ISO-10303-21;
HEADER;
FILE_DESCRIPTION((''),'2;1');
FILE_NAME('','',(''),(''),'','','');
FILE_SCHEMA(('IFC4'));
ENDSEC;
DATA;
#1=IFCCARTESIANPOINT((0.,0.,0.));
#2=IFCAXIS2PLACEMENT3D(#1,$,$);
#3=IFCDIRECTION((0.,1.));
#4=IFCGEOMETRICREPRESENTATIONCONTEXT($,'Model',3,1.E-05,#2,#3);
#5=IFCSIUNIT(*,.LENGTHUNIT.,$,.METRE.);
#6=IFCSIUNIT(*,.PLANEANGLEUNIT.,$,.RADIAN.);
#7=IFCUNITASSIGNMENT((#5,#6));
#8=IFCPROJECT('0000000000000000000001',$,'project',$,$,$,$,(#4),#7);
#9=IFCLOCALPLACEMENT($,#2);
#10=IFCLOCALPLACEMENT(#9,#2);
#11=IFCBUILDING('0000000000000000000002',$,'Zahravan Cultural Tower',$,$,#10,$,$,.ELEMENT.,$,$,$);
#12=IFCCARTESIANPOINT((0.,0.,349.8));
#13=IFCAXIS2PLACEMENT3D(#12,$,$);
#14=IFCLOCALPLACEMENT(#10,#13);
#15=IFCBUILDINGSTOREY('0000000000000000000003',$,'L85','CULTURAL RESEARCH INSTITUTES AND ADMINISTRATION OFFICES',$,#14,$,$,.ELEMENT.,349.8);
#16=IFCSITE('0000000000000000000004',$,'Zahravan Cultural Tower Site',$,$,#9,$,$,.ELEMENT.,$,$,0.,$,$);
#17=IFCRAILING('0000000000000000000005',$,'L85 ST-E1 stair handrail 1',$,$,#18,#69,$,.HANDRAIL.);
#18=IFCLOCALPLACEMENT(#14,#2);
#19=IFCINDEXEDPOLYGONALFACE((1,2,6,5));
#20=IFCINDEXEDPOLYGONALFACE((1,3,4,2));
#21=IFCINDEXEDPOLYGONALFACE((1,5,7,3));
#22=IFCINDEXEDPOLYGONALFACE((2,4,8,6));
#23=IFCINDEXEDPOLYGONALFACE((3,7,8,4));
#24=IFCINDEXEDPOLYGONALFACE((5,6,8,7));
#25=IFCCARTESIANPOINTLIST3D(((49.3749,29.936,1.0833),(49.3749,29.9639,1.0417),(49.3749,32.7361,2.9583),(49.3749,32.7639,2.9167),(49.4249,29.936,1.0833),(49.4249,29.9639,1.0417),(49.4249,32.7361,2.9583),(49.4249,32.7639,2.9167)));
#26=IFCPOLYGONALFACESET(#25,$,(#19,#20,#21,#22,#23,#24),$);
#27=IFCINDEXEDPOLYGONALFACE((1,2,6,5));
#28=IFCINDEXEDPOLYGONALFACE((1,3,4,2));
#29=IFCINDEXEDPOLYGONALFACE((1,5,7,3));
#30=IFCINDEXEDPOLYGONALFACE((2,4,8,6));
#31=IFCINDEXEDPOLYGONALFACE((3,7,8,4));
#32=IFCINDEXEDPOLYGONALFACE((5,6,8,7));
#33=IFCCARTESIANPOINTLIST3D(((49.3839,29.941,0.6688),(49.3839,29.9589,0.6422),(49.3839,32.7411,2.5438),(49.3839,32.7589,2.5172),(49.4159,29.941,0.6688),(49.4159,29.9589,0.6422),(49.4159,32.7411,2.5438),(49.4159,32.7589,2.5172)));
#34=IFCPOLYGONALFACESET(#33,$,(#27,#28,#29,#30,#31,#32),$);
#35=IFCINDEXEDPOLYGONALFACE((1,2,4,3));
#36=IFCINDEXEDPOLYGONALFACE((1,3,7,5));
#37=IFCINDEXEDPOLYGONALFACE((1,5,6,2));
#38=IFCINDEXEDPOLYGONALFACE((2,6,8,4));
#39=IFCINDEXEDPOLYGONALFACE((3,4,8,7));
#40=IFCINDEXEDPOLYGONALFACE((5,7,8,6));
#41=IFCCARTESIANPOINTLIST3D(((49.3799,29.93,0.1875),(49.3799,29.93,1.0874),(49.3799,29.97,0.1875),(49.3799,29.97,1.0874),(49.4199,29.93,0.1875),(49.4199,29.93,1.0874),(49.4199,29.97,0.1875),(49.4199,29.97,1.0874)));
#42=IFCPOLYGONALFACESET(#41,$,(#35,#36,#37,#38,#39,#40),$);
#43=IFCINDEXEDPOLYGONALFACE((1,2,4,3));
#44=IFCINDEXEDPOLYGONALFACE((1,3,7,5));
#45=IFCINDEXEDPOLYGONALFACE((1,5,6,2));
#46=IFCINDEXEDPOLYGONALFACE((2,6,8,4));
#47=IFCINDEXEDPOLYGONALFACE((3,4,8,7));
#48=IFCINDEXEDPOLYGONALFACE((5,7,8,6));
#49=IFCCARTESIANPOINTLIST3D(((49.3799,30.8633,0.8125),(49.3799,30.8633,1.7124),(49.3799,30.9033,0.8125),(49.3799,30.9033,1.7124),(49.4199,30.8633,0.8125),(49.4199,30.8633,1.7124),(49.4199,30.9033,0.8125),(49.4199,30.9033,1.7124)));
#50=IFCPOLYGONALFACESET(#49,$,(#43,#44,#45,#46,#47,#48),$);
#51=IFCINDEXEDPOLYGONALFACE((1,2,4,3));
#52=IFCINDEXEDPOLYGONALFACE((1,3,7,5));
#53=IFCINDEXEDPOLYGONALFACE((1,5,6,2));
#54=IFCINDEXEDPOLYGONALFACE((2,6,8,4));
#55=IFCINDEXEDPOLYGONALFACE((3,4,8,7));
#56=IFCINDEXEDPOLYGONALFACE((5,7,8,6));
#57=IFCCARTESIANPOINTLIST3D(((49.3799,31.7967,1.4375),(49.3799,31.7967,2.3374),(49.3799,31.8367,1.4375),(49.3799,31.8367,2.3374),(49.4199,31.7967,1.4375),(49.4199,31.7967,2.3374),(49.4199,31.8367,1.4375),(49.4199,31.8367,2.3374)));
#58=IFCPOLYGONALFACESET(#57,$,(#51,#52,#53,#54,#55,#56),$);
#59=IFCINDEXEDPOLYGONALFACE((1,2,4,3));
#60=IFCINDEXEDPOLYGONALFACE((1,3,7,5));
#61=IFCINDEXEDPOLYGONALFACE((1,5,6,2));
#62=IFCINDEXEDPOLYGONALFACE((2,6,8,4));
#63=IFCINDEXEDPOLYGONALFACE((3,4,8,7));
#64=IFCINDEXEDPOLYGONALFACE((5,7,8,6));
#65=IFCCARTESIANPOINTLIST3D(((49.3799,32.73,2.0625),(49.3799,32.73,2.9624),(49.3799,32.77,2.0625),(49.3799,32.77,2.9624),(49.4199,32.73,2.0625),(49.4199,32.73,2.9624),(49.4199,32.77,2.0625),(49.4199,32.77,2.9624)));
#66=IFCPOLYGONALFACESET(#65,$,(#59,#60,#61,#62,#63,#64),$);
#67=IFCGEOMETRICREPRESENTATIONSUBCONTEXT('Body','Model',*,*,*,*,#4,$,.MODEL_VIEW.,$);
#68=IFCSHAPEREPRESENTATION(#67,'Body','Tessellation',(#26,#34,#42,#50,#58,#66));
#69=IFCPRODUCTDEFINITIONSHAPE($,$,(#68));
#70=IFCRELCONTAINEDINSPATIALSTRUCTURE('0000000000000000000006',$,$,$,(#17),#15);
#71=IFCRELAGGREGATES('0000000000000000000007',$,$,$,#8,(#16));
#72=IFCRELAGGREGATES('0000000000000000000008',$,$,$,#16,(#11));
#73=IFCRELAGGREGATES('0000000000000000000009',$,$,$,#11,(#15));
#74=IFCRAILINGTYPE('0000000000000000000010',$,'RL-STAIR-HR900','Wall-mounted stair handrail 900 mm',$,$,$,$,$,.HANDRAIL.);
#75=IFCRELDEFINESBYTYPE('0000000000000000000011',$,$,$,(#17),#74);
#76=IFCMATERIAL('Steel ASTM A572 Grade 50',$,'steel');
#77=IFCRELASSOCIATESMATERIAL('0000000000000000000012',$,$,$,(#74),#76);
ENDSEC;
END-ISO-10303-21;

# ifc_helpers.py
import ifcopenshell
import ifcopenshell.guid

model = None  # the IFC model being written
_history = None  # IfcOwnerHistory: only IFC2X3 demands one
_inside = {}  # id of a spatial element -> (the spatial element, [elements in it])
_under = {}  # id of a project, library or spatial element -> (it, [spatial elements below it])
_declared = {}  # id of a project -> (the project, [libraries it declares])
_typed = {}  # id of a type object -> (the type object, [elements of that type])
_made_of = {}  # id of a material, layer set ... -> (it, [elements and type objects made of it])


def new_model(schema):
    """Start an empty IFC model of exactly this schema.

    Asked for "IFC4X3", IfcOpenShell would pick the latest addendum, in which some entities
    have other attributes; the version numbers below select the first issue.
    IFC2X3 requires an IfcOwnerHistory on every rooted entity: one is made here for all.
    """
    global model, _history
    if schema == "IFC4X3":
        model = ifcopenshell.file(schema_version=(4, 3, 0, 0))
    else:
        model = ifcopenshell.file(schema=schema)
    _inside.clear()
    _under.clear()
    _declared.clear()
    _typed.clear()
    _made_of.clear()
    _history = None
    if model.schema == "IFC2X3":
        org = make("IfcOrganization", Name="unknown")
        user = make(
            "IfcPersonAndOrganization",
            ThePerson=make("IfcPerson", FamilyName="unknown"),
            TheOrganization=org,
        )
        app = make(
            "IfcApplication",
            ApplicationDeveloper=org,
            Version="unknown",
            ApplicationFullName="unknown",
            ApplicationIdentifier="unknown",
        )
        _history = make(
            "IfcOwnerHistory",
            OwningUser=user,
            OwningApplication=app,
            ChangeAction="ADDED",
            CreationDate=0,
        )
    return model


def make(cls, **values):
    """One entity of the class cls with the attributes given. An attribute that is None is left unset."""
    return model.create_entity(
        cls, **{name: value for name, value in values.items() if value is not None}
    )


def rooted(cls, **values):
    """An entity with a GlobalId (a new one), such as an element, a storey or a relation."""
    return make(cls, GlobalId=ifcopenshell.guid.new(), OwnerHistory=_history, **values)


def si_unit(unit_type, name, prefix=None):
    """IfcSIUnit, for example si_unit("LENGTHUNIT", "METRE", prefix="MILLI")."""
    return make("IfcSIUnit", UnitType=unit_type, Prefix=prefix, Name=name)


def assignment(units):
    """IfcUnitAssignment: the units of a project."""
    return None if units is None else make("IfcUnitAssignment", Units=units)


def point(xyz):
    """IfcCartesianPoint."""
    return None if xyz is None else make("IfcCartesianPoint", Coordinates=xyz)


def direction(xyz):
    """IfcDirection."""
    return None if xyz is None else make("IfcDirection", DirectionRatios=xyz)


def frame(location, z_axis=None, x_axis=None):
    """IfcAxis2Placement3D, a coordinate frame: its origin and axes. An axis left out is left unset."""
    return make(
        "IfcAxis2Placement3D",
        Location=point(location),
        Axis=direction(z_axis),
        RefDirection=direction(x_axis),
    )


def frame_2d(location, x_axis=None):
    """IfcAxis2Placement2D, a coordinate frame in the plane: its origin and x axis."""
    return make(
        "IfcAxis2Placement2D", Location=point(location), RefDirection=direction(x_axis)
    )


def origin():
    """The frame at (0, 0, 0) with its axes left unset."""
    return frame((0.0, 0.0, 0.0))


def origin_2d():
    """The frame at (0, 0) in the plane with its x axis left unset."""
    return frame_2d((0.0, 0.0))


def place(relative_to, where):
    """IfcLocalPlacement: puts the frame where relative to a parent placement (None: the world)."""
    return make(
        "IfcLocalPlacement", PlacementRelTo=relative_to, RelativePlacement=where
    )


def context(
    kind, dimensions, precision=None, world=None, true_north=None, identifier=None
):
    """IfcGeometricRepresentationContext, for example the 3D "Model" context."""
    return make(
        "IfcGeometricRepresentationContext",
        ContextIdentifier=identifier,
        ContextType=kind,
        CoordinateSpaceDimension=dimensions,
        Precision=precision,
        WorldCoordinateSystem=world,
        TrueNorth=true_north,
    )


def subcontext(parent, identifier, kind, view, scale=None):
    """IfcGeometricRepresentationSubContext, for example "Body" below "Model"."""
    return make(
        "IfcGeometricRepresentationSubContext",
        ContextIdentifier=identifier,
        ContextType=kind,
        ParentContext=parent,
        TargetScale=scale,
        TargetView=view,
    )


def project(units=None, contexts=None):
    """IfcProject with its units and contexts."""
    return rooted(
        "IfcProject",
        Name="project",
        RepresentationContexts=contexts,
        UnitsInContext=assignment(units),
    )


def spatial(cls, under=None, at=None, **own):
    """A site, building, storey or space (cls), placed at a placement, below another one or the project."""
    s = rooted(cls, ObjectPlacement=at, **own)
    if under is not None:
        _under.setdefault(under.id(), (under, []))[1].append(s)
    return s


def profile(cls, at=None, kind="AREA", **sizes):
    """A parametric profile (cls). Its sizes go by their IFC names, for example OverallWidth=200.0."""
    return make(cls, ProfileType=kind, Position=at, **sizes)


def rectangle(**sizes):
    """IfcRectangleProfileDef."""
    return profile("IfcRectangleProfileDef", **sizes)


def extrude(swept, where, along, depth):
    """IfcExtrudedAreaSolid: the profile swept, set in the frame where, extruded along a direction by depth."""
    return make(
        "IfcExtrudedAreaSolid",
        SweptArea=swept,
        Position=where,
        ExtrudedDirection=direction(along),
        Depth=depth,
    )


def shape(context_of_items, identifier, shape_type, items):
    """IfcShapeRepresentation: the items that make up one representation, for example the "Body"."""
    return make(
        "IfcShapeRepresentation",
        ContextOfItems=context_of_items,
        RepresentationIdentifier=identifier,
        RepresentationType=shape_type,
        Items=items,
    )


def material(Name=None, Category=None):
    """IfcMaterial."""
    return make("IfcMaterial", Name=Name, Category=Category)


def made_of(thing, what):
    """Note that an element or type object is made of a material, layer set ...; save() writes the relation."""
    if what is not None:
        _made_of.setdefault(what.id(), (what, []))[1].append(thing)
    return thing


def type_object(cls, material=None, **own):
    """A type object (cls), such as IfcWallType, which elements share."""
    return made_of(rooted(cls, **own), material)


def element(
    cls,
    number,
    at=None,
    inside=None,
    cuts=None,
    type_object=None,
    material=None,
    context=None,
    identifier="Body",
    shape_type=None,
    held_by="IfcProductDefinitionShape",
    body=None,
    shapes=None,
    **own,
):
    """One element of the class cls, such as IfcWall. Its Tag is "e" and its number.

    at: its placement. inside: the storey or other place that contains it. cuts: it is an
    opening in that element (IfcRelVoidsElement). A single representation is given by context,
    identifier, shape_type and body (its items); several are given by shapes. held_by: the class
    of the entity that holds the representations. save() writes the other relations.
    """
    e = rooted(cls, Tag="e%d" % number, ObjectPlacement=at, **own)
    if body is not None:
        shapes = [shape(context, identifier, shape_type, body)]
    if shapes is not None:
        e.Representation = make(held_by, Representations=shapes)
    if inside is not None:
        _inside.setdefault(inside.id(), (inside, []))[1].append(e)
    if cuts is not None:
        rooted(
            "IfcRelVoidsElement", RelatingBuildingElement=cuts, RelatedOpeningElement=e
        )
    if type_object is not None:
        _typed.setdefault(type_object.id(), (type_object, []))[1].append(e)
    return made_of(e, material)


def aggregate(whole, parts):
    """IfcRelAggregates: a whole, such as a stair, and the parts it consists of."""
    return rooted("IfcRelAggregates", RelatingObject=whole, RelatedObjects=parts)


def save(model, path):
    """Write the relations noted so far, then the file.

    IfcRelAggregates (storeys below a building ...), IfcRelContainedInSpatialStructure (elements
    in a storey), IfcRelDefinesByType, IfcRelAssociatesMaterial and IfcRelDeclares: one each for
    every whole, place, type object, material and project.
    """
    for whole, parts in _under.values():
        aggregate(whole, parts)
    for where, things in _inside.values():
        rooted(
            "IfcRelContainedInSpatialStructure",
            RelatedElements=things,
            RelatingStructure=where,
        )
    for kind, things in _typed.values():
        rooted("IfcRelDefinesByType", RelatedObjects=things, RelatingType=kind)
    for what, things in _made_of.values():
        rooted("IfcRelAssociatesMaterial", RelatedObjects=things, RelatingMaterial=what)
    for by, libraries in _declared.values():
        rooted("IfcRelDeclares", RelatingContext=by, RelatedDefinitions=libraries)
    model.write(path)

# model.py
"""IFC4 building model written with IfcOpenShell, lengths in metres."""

from ifc_helpers import new_model, si_unit, direction, frame, origin, origin_2d, place, context, subcontext, project, spatial, rectangle, extrude, material, type_object, element, save


model = new_model("IFC4")

# Units and contexts
model_context = context("Model", 3, precision=1e-05, world=origin(), true_north=direction((0.0, 1.0)))
body_context = subcontext(model_context, "Body", "Model", "MODEL_VIEW")
ifc_project = project(units=[si_unit("LENGTHUNIT", "METRE"), si_unit("PLANEANGLEUNIT", "RADIAN")], contexts=[model_context])

# Site, building, storey
site_placement = place(None, origin())
site = spatial("IfcSite", under=ifc_project, at=site_placement, Name="Zahravan Cultural Tower Site", CompositionType="ELEMENT", RefElevation=0.0)
building_placement = place(site_placement, origin())
building = spatial("IfcBuilding", under=site, at=building_placement, Name="Zahravan Cultural Tower", CompositionType="ELEMENT")
storey_placement = place(building_placement, frame((0.0, 0.0, 349.8)))
storey = spatial("IfcBuildingStorey", under=building, at=storey_placement, Name="L85", Description="CULTURAL RESEARCH INSTITUTES AND ADMINISTRATION OFFICES", CompositionType="ELEMENT", Elevation=349.8)

# Railing
ifc_material_1 = material(Name="Steel ASTM A572 Grade 50", Category="steel")
railing_type_1 = type_object("IfcRailingType", Name="RL-STAIR-HR900", Description="Wall-mounted stair handrail 900 mm", PredefinedType="HANDRAIL", material=ifc_material_1)
railing_1_placement = place(storey_placement, frame((49.3999, 29.95, 0.1875)))
element("IfcRailing", 1, at=railing_1_placement, inside=storey, type_object=railing_type_1, Name="L85 ST-E1 stair handrail 1", PredefinedType="HANDRAIL", context=body_context, shape_type="SweptSolid", body=[
    extrude(rectangle(XDim=0.05, YDim=0.05, at=origin_2d()), frame((0.0, 0.0, 0.875), z_axis=(0.0, 0.830912, 0.556404), x_axis=(-1.0, 0.0, 0.0)), (0.0, 0.0, 1.0), 3.3699),
    extrude(rectangle(XDim=0.032, YDim=0.032, at=origin_2d()), frame((0.0, 0.0, 0.468), z_axis=(0.0, 0.830912, 0.556404), x_axis=(-1.0, 0.0, 0.0)), (0.0, 0.0, 1.0), 3.3699),
    extrude(rectangle(XDim=0.04, YDim=0.04, at=origin_2d()), origin(), (0.0, 0.0, 1.0), 0.8999),
    extrude(rectangle(XDim=0.04, YDim=0.04, at=origin_2d()), frame((0.0, 0.9333, 0.625)), (0.0, 0.0, 1.0), 0.8999),
    extrude(rectangle(XDim=0.04, YDim=0.04, at=origin_2d()), frame((0.0, 1.8667, 1.25)), (0.0, 0.0, 1.0), 0.8999),
    extrude(rectangle(XDim=0.04, YDim=0.04, at=origin_2d()), frame((0.0, 2.8, 1.875)), (0.0, 0.0, 1.0), 0.8999),
])

save(model, "model.ifc")
